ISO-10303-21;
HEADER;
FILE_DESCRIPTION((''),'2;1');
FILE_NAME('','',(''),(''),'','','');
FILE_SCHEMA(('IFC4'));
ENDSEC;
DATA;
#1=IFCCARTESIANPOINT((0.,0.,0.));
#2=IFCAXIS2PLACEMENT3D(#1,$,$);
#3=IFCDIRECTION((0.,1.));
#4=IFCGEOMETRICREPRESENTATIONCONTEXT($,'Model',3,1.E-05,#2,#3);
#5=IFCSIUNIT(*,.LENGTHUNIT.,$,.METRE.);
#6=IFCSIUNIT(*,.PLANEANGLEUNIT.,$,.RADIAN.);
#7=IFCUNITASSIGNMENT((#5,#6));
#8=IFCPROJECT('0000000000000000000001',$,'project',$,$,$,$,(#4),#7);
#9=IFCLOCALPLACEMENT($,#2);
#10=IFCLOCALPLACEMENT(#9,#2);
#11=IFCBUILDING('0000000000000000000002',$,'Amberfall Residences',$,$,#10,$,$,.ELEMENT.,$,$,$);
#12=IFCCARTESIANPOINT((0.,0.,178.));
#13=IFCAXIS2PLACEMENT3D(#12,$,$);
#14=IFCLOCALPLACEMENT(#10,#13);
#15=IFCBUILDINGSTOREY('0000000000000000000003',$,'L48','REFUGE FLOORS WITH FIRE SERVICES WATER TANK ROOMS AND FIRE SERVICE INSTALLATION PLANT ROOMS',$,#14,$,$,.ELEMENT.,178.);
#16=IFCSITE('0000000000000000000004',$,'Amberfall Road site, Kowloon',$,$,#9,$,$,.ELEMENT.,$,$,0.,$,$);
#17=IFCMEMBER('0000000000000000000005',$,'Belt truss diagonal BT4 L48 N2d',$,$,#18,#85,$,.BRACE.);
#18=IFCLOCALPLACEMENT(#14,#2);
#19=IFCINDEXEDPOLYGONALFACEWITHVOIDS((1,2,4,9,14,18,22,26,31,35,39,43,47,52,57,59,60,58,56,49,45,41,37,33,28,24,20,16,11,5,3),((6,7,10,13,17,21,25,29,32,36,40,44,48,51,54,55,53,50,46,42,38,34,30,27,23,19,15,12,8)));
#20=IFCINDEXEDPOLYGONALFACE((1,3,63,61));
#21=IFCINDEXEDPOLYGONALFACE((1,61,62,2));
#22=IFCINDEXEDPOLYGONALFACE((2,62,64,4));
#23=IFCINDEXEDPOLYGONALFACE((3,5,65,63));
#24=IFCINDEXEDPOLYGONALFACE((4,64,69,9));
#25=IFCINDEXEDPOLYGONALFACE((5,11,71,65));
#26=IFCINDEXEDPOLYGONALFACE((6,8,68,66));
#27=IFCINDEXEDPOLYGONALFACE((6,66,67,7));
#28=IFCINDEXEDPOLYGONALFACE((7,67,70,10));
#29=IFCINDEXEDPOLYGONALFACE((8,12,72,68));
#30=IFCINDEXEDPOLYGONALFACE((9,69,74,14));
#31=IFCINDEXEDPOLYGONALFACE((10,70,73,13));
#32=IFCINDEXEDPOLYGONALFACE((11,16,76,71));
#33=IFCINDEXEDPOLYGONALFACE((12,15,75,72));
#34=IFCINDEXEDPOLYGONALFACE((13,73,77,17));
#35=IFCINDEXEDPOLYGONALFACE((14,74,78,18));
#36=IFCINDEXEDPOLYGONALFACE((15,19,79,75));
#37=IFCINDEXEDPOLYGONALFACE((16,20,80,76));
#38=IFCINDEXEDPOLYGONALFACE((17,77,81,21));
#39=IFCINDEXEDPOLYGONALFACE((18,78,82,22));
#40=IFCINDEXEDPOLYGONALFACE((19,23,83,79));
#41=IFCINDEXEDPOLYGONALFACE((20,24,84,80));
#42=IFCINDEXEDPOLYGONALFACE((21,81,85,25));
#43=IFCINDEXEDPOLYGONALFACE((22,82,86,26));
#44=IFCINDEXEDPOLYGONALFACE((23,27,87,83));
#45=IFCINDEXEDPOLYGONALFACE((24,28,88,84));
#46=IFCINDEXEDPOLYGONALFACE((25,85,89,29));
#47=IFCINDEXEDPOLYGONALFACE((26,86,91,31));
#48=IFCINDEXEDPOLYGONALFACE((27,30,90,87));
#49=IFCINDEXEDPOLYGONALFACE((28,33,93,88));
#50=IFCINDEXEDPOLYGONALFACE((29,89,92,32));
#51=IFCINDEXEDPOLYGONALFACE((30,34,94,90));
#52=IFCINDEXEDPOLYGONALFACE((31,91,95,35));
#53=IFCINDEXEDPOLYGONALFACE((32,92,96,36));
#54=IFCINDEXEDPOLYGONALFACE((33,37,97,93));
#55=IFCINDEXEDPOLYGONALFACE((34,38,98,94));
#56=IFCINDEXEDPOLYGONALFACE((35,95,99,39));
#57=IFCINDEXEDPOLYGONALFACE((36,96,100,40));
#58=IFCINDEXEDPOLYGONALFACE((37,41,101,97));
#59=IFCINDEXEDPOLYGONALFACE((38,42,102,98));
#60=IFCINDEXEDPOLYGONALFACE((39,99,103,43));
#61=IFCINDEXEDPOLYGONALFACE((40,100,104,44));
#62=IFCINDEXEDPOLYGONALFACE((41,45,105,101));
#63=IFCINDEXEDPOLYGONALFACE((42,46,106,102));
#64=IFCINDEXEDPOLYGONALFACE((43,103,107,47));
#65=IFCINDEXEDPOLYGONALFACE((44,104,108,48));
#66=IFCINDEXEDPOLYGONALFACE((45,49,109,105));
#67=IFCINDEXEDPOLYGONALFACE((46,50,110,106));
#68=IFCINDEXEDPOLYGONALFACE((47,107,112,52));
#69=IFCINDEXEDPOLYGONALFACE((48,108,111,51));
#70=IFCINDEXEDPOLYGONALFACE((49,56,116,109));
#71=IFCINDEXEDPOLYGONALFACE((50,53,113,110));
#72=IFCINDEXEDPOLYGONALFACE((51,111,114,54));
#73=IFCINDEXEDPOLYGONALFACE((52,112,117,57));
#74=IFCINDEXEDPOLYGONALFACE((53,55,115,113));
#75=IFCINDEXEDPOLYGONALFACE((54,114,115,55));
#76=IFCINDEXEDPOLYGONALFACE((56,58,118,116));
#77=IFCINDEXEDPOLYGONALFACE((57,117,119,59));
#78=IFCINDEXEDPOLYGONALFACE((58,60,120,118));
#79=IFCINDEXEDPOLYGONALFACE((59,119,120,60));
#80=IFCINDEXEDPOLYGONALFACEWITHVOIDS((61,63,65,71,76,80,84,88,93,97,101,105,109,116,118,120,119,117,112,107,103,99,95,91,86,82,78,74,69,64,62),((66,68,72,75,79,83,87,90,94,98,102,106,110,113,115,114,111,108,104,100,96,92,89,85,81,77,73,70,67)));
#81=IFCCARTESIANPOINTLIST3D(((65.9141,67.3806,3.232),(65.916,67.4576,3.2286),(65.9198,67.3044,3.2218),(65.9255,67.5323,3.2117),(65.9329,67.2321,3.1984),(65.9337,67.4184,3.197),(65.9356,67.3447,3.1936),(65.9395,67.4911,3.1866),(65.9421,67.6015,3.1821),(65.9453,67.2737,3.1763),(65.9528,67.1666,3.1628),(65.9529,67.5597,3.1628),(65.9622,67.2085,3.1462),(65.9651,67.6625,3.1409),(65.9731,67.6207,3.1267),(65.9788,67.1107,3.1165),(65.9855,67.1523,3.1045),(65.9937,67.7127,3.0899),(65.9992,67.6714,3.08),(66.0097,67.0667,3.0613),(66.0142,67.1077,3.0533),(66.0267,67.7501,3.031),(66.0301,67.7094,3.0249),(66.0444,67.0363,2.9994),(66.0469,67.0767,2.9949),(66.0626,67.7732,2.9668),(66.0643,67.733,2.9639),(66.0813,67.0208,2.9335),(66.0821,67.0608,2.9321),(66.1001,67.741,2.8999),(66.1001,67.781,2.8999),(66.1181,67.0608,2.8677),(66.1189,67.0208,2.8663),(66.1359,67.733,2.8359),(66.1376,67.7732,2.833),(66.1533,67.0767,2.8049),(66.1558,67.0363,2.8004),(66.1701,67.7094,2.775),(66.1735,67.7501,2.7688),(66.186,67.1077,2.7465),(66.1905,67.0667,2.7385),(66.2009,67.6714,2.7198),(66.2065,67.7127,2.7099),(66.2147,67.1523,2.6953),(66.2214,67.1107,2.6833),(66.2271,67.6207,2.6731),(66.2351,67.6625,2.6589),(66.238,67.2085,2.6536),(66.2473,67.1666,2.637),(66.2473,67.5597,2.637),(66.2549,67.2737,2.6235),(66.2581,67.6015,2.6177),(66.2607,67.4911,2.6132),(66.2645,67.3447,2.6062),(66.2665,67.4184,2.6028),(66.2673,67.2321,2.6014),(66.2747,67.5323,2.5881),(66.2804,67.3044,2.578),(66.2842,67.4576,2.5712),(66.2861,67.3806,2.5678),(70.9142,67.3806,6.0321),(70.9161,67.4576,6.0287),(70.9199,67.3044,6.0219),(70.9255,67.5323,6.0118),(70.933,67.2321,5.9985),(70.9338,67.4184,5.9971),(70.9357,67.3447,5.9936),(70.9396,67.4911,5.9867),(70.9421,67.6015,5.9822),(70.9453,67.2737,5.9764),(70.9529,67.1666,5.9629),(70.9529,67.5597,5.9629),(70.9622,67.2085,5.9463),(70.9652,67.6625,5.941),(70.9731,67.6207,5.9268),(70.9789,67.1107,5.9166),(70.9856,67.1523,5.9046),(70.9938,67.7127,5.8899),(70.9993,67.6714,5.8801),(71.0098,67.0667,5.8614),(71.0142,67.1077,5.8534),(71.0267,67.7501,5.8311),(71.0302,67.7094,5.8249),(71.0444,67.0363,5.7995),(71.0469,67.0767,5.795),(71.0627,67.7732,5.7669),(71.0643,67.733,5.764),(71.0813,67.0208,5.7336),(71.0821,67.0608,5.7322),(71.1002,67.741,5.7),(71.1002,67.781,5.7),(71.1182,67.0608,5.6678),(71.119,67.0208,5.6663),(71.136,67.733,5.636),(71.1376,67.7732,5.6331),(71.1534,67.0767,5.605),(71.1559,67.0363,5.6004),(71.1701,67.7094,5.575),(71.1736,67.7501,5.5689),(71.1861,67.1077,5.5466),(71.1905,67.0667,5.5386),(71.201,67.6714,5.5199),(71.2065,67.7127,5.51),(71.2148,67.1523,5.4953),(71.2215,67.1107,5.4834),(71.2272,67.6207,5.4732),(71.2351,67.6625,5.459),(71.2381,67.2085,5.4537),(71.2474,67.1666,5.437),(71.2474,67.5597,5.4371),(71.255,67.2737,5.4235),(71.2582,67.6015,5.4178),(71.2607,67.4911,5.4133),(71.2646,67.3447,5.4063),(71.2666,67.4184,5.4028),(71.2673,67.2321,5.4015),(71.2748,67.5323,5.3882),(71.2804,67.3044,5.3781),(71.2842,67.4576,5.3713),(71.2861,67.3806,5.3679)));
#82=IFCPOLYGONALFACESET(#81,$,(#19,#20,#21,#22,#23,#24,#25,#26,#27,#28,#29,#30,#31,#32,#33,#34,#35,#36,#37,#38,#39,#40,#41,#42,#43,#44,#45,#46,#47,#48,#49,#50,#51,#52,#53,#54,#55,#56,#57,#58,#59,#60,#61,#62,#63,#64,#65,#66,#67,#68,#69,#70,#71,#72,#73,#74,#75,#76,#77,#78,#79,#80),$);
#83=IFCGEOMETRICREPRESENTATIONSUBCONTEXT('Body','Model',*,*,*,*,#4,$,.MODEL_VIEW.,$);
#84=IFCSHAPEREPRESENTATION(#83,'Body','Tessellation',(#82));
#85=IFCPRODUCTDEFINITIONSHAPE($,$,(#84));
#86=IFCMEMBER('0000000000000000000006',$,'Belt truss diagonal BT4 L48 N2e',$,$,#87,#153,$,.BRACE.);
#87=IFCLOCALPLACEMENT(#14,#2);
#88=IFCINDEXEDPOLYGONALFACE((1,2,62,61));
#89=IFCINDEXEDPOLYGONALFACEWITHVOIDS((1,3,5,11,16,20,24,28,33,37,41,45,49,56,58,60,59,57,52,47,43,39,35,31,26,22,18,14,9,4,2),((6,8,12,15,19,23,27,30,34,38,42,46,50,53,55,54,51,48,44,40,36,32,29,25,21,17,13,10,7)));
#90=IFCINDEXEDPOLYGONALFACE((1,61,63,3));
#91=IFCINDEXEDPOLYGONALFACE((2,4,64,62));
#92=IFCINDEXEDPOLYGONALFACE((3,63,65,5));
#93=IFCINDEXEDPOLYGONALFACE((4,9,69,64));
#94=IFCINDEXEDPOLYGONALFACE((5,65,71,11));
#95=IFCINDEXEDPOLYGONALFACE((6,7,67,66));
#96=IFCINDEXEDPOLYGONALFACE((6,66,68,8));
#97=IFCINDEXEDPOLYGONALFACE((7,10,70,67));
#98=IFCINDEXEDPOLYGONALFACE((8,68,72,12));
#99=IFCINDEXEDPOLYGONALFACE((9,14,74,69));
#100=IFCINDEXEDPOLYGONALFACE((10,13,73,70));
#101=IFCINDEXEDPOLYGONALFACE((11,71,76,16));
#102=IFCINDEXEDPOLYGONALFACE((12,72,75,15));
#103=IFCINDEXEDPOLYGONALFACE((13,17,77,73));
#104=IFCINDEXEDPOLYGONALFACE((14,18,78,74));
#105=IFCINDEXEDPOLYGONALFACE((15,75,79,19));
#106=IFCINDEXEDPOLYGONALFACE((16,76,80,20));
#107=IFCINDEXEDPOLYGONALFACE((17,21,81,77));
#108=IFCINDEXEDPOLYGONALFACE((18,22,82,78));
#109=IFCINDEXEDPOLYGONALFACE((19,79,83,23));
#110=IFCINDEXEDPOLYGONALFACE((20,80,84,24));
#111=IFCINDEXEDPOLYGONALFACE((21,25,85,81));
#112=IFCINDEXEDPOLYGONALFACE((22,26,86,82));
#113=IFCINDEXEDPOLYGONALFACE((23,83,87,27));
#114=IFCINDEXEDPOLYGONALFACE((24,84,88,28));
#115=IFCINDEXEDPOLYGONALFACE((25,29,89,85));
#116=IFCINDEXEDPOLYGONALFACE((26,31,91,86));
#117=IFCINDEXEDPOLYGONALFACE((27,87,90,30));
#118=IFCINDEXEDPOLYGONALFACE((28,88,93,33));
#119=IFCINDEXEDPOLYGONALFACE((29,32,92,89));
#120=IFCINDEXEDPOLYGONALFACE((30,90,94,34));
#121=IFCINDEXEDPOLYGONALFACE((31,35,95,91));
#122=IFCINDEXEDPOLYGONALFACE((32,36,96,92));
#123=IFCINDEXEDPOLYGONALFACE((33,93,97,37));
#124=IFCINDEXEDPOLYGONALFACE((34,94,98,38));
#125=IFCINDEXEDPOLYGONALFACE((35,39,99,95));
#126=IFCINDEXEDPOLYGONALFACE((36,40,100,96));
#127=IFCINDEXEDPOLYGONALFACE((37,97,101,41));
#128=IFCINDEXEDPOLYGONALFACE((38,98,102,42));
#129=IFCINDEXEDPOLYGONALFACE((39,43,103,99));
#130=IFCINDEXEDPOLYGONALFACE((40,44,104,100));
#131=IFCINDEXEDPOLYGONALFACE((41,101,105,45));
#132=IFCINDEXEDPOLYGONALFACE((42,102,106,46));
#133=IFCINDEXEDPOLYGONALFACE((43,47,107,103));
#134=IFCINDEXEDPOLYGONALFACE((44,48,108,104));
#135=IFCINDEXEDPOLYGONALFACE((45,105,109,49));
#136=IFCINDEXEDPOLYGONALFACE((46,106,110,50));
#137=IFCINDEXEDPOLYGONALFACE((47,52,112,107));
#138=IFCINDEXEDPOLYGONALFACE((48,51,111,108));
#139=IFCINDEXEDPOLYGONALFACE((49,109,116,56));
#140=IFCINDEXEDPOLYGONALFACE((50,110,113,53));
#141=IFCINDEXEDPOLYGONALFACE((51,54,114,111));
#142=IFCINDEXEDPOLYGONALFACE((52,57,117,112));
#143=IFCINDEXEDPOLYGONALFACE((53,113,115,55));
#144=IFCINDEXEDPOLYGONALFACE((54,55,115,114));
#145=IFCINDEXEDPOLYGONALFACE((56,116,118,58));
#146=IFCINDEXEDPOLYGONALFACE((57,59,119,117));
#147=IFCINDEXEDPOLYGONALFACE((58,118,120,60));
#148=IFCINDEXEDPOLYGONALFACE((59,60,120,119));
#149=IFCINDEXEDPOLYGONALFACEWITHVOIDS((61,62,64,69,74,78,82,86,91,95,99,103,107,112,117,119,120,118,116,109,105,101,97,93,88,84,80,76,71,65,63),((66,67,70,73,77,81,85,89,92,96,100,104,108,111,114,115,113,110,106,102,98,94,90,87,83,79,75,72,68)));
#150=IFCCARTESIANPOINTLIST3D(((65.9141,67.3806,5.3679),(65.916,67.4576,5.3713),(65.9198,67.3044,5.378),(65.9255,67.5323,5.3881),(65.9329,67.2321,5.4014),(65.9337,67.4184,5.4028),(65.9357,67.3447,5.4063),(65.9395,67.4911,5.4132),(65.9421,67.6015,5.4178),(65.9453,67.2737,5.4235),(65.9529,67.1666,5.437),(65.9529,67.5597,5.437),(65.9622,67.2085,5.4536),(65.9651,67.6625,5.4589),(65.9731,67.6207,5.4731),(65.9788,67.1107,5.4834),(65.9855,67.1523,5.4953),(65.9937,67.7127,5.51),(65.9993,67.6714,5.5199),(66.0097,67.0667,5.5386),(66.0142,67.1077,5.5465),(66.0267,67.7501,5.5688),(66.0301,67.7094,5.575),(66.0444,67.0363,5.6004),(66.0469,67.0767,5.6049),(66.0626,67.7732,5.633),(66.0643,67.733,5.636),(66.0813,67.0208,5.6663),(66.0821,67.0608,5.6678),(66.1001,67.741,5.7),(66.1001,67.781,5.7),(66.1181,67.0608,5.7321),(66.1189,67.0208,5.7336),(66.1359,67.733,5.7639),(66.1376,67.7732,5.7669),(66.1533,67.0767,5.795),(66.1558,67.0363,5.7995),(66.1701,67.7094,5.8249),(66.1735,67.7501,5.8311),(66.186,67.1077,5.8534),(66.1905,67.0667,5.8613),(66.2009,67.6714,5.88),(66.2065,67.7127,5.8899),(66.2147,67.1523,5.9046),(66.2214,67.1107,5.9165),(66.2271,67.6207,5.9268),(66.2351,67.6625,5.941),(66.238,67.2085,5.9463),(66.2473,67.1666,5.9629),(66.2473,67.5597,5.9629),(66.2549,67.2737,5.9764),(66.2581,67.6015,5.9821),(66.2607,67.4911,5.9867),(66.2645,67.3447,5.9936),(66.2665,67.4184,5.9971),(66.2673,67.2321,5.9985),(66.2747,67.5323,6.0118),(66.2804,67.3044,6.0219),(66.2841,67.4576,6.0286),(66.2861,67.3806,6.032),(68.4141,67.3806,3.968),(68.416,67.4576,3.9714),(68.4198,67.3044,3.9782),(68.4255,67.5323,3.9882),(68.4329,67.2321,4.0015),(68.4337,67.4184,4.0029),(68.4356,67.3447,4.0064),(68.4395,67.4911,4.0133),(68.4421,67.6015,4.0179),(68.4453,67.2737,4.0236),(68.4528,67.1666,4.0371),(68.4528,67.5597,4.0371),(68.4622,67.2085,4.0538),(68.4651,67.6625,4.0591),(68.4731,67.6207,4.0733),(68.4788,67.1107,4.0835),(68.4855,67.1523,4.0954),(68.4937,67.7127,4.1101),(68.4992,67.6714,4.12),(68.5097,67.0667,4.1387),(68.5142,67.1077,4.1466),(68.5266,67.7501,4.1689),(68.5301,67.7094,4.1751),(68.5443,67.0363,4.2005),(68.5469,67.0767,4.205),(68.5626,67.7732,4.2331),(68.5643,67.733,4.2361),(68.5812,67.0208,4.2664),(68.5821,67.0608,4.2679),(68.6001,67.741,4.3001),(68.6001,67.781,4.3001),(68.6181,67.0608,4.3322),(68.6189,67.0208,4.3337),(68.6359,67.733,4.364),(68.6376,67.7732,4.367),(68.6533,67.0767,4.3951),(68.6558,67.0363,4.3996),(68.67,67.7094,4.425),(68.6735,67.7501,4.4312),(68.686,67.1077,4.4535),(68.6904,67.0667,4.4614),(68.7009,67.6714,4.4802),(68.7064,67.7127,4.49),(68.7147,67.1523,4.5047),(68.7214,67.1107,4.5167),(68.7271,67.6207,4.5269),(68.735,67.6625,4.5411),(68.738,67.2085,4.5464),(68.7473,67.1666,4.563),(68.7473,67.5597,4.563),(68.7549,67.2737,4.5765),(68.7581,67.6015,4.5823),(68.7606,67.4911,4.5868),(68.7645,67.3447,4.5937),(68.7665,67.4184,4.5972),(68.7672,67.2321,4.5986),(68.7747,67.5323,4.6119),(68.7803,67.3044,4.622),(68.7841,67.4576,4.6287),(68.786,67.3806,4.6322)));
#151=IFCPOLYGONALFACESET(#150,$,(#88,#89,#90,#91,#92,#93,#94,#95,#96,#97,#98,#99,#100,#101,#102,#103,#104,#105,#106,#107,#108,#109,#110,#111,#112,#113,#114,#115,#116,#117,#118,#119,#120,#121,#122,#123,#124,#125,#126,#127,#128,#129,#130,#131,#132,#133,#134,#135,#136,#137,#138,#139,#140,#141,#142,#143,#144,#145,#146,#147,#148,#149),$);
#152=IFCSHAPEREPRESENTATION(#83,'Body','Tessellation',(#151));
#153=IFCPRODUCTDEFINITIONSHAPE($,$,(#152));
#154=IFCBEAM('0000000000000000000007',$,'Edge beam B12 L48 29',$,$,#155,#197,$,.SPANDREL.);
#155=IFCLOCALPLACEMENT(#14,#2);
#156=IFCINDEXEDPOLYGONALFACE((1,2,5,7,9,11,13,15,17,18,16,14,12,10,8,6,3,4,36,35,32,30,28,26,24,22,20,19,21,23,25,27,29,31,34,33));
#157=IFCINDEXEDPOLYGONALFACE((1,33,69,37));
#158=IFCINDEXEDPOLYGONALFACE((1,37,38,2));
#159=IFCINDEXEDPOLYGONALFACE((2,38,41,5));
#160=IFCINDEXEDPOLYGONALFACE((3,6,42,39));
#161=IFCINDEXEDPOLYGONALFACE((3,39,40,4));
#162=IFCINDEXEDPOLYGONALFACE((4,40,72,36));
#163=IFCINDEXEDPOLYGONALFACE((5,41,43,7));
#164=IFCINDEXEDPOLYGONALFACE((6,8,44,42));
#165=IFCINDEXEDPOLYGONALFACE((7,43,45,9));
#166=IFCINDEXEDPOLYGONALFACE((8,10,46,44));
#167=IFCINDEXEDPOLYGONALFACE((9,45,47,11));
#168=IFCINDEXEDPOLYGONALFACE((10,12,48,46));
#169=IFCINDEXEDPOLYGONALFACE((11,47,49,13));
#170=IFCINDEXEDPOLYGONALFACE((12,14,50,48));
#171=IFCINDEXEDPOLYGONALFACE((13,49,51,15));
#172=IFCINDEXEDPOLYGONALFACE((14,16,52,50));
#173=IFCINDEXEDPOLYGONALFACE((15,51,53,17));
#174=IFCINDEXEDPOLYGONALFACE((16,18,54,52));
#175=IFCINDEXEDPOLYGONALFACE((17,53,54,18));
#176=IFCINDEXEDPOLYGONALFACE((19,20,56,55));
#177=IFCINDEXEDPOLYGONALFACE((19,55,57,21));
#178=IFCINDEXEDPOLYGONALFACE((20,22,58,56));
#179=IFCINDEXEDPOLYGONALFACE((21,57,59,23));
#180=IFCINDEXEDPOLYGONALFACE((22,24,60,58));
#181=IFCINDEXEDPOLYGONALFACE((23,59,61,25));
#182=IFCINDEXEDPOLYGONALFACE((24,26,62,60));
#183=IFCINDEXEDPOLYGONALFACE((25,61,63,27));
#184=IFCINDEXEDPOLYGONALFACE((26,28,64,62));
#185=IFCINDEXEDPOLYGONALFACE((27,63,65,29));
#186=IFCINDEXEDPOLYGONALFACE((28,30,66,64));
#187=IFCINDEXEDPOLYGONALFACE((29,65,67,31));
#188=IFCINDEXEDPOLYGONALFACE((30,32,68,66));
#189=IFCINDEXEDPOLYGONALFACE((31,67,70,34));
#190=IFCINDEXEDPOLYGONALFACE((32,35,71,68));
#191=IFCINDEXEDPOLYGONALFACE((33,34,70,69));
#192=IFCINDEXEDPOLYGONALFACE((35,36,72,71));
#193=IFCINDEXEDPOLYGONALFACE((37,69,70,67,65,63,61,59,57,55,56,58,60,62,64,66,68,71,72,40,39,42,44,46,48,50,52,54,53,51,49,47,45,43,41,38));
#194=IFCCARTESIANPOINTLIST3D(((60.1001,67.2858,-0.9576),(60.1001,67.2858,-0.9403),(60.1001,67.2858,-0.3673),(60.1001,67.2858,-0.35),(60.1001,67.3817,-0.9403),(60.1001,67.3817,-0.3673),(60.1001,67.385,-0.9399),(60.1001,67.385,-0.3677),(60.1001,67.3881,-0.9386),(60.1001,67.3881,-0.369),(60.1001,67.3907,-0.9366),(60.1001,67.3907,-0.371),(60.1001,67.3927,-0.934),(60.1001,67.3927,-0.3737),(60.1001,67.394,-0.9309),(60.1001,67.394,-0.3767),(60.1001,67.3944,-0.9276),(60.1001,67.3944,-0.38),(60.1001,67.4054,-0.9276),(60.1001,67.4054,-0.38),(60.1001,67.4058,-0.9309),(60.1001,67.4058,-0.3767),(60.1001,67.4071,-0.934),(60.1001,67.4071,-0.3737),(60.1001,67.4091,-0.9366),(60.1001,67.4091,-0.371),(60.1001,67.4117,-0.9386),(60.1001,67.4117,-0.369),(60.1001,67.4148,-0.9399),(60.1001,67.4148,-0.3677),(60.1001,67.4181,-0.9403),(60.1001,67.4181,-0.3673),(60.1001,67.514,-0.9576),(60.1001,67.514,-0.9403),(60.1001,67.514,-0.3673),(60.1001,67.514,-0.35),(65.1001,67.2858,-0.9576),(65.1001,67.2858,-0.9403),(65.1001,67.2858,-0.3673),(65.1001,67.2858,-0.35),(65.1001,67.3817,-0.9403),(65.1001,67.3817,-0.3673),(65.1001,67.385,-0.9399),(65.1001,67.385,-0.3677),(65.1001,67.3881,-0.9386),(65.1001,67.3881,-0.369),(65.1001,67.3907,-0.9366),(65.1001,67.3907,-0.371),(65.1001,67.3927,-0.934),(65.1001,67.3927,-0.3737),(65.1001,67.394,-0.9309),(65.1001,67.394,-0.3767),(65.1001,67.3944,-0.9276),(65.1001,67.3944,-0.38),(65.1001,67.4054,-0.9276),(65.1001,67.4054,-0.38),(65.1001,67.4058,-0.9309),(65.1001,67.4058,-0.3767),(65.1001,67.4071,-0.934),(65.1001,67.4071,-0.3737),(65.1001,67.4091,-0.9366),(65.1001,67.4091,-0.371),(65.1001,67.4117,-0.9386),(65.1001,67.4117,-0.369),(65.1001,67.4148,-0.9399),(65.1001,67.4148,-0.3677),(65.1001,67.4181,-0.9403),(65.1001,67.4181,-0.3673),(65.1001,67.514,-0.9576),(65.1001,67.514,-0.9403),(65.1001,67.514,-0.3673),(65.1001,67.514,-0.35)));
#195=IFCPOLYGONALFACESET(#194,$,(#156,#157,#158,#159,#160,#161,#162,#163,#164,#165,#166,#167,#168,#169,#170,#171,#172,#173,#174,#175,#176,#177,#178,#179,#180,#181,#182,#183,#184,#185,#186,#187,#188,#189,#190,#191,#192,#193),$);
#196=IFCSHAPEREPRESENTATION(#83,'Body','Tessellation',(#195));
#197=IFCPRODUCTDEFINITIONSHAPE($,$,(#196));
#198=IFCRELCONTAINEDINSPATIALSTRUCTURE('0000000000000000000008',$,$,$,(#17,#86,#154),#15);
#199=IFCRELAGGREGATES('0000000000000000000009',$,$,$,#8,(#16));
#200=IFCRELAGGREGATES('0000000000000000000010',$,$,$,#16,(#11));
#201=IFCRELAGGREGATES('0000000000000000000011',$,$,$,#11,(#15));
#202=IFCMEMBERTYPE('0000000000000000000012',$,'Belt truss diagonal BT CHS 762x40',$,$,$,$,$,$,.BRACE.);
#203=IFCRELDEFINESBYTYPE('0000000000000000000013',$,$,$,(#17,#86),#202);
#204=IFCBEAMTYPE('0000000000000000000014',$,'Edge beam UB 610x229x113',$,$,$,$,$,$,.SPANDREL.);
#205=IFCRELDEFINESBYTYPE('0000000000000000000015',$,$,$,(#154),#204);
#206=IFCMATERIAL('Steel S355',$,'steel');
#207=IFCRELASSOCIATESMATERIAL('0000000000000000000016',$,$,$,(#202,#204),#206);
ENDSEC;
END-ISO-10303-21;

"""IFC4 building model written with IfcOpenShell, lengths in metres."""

from ifc_helpers import new_model, si_unit, direction, frame, origin, origin_2d, place, context, subcontext, project, spatial, hollow_circle, i_section, extrude, material, material_profile, profile_set, type_object, element, save


model = new_model("IFC4")

# Units and contexts
model_context = context("Model", 3, precision=1e-05, world=origin(), true_north=direction((0.0, 1.0)))
body_context = subcontext(model_context, "Body", "Model", "MODEL_VIEW")
ifc_project = project(units=[si_unit("LENGTHUNIT", "METRE"), si_unit("PLANEANGLEUNIT", "RADIAN")], contexts=[model_context])

# Site, building, storey
site_placement = place(None, origin())
site = spatial("IfcSite", under=ifc_project, at=site_placement, Name="Amberfall Road site, Kowloon", CompositionType="ELEMENT", RefElevation=0.0)
building_placement = place(site_placement, origin())
building = spatial("IfcBuilding", under=site, at=building_placement, Name="Amberfall Residences", CompositionType="ELEMENT")
storey_placement = place(building_placement, frame((0.0, 0.0, 178.0)))
storey = spatial("IfcBuildingStorey", under=building, at=storey_placement, Name="L48", Description="REFUGE FLOORS WITH FIRE SERVICES WATER TANK ROOMS AND FIRE SERVICE INSTALLATION PLANT ROOMS", CompositionType="ELEMENT", Elevation=178.0)

# Shared definitions
ifc_material_1 = material(Name="Steel S355", Category="steel")

# Members
ifc_material_profile_1 = material_profile(ifc_material_1, hollow_circle(Radius=0.3811, WallThickness=0.04, at=origin_2d()), Name="CHS 762x40")
ifc_profile_set_1 = profile_set([ifc_material_profile_1], Name="Steel S355")
member_type = type_object("IfcMemberType", Name="Belt truss diagonal BT CHS 762x40", PredefinedType="BRACE", material=ifc_profile_set_1)
member_1_placement = place(storey_placement, frame((66.1001, 67.3999, 2.8999), z_axis=(0.872502, 0.0, 0.48861), x_axis=(0.0, 1.0, 0.0)))
element("IfcMember", 1, at=member_1_placement, inside=storey, type_object=member_type, Name="Belt truss diagonal BT4 L48 N2d", PredefinedType="BRACE", context=body_context, shape_type="SweptSolid", body=[
    extrude(hollow_circle(Radius=0.3811, WallThickness=0.04, at=origin_2d()), origin(), (0.0, 0.0, 1.0), 5.7307),
])
member_2_placement = place(storey_placement, frame((66.1001, 67.3999, 5.7), z_axis=(0.872521, 0.0, -0.488577), x_axis=(0.0, 1.0, 0.0)))
element("IfcMember", 2, at=member_2_placement, inside=storey, type_object=member_type, Name="Belt truss diagonal BT4 L48 N2e", PredefinedType="BRACE", context=body_context, shape_type="SweptSolid", body=[
    extrude(hollow_circle(Radius=0.3811, WallThickness=0.04, at=origin_2d()), origin(), (0.0, 0.0, 1.0), 2.8652),
])

# Beam
ifc_material_profile_2 = material_profile(ifc_material_1, i_section(OverallWidth=0.2283, OverallDepth=0.6077, WebThickness=0.011, FlangeThickness=0.0173, FilletRadius=0.0127, at=origin_2d()), Name="UB 610x229x113")
ifc_profile_set_2 = profile_set([ifc_material_profile_2], Name="Steel S355")
beam_type_1 = type_object("IfcBeamType", Name="Edge beam UB 610x229x113", PredefinedType="SPANDREL", material=ifc_profile_set_2)
for number, where, z_axis, x_axis, name in (
    (3, (60.1001, 67.3999, -0.6538), (1.0, 0.0, 0.0), (0.0, 1.0, 0.0), "Edge beam B12 L48 29"),
):
    element("IfcBeam", number, at=place(storey_placement, frame(where, z_axis=z_axis, x_axis=x_axis)), inside=storey, type_object=beam_type_1, Name=name, PredefinedType="SPANDREL", context=body_context, shape_type="SweptSolid", body=[
        extrude(i_section(OverallWidth=0.2283, OverallDepth=0.6077, WebThickness=0.011, FlangeThickness=0.0173, FilletRadius=0.0127, at=origin_2d()), origin(), (0.0, 0.0, 1.0), 5.0),
    ])

save(model, "model.ifc")
